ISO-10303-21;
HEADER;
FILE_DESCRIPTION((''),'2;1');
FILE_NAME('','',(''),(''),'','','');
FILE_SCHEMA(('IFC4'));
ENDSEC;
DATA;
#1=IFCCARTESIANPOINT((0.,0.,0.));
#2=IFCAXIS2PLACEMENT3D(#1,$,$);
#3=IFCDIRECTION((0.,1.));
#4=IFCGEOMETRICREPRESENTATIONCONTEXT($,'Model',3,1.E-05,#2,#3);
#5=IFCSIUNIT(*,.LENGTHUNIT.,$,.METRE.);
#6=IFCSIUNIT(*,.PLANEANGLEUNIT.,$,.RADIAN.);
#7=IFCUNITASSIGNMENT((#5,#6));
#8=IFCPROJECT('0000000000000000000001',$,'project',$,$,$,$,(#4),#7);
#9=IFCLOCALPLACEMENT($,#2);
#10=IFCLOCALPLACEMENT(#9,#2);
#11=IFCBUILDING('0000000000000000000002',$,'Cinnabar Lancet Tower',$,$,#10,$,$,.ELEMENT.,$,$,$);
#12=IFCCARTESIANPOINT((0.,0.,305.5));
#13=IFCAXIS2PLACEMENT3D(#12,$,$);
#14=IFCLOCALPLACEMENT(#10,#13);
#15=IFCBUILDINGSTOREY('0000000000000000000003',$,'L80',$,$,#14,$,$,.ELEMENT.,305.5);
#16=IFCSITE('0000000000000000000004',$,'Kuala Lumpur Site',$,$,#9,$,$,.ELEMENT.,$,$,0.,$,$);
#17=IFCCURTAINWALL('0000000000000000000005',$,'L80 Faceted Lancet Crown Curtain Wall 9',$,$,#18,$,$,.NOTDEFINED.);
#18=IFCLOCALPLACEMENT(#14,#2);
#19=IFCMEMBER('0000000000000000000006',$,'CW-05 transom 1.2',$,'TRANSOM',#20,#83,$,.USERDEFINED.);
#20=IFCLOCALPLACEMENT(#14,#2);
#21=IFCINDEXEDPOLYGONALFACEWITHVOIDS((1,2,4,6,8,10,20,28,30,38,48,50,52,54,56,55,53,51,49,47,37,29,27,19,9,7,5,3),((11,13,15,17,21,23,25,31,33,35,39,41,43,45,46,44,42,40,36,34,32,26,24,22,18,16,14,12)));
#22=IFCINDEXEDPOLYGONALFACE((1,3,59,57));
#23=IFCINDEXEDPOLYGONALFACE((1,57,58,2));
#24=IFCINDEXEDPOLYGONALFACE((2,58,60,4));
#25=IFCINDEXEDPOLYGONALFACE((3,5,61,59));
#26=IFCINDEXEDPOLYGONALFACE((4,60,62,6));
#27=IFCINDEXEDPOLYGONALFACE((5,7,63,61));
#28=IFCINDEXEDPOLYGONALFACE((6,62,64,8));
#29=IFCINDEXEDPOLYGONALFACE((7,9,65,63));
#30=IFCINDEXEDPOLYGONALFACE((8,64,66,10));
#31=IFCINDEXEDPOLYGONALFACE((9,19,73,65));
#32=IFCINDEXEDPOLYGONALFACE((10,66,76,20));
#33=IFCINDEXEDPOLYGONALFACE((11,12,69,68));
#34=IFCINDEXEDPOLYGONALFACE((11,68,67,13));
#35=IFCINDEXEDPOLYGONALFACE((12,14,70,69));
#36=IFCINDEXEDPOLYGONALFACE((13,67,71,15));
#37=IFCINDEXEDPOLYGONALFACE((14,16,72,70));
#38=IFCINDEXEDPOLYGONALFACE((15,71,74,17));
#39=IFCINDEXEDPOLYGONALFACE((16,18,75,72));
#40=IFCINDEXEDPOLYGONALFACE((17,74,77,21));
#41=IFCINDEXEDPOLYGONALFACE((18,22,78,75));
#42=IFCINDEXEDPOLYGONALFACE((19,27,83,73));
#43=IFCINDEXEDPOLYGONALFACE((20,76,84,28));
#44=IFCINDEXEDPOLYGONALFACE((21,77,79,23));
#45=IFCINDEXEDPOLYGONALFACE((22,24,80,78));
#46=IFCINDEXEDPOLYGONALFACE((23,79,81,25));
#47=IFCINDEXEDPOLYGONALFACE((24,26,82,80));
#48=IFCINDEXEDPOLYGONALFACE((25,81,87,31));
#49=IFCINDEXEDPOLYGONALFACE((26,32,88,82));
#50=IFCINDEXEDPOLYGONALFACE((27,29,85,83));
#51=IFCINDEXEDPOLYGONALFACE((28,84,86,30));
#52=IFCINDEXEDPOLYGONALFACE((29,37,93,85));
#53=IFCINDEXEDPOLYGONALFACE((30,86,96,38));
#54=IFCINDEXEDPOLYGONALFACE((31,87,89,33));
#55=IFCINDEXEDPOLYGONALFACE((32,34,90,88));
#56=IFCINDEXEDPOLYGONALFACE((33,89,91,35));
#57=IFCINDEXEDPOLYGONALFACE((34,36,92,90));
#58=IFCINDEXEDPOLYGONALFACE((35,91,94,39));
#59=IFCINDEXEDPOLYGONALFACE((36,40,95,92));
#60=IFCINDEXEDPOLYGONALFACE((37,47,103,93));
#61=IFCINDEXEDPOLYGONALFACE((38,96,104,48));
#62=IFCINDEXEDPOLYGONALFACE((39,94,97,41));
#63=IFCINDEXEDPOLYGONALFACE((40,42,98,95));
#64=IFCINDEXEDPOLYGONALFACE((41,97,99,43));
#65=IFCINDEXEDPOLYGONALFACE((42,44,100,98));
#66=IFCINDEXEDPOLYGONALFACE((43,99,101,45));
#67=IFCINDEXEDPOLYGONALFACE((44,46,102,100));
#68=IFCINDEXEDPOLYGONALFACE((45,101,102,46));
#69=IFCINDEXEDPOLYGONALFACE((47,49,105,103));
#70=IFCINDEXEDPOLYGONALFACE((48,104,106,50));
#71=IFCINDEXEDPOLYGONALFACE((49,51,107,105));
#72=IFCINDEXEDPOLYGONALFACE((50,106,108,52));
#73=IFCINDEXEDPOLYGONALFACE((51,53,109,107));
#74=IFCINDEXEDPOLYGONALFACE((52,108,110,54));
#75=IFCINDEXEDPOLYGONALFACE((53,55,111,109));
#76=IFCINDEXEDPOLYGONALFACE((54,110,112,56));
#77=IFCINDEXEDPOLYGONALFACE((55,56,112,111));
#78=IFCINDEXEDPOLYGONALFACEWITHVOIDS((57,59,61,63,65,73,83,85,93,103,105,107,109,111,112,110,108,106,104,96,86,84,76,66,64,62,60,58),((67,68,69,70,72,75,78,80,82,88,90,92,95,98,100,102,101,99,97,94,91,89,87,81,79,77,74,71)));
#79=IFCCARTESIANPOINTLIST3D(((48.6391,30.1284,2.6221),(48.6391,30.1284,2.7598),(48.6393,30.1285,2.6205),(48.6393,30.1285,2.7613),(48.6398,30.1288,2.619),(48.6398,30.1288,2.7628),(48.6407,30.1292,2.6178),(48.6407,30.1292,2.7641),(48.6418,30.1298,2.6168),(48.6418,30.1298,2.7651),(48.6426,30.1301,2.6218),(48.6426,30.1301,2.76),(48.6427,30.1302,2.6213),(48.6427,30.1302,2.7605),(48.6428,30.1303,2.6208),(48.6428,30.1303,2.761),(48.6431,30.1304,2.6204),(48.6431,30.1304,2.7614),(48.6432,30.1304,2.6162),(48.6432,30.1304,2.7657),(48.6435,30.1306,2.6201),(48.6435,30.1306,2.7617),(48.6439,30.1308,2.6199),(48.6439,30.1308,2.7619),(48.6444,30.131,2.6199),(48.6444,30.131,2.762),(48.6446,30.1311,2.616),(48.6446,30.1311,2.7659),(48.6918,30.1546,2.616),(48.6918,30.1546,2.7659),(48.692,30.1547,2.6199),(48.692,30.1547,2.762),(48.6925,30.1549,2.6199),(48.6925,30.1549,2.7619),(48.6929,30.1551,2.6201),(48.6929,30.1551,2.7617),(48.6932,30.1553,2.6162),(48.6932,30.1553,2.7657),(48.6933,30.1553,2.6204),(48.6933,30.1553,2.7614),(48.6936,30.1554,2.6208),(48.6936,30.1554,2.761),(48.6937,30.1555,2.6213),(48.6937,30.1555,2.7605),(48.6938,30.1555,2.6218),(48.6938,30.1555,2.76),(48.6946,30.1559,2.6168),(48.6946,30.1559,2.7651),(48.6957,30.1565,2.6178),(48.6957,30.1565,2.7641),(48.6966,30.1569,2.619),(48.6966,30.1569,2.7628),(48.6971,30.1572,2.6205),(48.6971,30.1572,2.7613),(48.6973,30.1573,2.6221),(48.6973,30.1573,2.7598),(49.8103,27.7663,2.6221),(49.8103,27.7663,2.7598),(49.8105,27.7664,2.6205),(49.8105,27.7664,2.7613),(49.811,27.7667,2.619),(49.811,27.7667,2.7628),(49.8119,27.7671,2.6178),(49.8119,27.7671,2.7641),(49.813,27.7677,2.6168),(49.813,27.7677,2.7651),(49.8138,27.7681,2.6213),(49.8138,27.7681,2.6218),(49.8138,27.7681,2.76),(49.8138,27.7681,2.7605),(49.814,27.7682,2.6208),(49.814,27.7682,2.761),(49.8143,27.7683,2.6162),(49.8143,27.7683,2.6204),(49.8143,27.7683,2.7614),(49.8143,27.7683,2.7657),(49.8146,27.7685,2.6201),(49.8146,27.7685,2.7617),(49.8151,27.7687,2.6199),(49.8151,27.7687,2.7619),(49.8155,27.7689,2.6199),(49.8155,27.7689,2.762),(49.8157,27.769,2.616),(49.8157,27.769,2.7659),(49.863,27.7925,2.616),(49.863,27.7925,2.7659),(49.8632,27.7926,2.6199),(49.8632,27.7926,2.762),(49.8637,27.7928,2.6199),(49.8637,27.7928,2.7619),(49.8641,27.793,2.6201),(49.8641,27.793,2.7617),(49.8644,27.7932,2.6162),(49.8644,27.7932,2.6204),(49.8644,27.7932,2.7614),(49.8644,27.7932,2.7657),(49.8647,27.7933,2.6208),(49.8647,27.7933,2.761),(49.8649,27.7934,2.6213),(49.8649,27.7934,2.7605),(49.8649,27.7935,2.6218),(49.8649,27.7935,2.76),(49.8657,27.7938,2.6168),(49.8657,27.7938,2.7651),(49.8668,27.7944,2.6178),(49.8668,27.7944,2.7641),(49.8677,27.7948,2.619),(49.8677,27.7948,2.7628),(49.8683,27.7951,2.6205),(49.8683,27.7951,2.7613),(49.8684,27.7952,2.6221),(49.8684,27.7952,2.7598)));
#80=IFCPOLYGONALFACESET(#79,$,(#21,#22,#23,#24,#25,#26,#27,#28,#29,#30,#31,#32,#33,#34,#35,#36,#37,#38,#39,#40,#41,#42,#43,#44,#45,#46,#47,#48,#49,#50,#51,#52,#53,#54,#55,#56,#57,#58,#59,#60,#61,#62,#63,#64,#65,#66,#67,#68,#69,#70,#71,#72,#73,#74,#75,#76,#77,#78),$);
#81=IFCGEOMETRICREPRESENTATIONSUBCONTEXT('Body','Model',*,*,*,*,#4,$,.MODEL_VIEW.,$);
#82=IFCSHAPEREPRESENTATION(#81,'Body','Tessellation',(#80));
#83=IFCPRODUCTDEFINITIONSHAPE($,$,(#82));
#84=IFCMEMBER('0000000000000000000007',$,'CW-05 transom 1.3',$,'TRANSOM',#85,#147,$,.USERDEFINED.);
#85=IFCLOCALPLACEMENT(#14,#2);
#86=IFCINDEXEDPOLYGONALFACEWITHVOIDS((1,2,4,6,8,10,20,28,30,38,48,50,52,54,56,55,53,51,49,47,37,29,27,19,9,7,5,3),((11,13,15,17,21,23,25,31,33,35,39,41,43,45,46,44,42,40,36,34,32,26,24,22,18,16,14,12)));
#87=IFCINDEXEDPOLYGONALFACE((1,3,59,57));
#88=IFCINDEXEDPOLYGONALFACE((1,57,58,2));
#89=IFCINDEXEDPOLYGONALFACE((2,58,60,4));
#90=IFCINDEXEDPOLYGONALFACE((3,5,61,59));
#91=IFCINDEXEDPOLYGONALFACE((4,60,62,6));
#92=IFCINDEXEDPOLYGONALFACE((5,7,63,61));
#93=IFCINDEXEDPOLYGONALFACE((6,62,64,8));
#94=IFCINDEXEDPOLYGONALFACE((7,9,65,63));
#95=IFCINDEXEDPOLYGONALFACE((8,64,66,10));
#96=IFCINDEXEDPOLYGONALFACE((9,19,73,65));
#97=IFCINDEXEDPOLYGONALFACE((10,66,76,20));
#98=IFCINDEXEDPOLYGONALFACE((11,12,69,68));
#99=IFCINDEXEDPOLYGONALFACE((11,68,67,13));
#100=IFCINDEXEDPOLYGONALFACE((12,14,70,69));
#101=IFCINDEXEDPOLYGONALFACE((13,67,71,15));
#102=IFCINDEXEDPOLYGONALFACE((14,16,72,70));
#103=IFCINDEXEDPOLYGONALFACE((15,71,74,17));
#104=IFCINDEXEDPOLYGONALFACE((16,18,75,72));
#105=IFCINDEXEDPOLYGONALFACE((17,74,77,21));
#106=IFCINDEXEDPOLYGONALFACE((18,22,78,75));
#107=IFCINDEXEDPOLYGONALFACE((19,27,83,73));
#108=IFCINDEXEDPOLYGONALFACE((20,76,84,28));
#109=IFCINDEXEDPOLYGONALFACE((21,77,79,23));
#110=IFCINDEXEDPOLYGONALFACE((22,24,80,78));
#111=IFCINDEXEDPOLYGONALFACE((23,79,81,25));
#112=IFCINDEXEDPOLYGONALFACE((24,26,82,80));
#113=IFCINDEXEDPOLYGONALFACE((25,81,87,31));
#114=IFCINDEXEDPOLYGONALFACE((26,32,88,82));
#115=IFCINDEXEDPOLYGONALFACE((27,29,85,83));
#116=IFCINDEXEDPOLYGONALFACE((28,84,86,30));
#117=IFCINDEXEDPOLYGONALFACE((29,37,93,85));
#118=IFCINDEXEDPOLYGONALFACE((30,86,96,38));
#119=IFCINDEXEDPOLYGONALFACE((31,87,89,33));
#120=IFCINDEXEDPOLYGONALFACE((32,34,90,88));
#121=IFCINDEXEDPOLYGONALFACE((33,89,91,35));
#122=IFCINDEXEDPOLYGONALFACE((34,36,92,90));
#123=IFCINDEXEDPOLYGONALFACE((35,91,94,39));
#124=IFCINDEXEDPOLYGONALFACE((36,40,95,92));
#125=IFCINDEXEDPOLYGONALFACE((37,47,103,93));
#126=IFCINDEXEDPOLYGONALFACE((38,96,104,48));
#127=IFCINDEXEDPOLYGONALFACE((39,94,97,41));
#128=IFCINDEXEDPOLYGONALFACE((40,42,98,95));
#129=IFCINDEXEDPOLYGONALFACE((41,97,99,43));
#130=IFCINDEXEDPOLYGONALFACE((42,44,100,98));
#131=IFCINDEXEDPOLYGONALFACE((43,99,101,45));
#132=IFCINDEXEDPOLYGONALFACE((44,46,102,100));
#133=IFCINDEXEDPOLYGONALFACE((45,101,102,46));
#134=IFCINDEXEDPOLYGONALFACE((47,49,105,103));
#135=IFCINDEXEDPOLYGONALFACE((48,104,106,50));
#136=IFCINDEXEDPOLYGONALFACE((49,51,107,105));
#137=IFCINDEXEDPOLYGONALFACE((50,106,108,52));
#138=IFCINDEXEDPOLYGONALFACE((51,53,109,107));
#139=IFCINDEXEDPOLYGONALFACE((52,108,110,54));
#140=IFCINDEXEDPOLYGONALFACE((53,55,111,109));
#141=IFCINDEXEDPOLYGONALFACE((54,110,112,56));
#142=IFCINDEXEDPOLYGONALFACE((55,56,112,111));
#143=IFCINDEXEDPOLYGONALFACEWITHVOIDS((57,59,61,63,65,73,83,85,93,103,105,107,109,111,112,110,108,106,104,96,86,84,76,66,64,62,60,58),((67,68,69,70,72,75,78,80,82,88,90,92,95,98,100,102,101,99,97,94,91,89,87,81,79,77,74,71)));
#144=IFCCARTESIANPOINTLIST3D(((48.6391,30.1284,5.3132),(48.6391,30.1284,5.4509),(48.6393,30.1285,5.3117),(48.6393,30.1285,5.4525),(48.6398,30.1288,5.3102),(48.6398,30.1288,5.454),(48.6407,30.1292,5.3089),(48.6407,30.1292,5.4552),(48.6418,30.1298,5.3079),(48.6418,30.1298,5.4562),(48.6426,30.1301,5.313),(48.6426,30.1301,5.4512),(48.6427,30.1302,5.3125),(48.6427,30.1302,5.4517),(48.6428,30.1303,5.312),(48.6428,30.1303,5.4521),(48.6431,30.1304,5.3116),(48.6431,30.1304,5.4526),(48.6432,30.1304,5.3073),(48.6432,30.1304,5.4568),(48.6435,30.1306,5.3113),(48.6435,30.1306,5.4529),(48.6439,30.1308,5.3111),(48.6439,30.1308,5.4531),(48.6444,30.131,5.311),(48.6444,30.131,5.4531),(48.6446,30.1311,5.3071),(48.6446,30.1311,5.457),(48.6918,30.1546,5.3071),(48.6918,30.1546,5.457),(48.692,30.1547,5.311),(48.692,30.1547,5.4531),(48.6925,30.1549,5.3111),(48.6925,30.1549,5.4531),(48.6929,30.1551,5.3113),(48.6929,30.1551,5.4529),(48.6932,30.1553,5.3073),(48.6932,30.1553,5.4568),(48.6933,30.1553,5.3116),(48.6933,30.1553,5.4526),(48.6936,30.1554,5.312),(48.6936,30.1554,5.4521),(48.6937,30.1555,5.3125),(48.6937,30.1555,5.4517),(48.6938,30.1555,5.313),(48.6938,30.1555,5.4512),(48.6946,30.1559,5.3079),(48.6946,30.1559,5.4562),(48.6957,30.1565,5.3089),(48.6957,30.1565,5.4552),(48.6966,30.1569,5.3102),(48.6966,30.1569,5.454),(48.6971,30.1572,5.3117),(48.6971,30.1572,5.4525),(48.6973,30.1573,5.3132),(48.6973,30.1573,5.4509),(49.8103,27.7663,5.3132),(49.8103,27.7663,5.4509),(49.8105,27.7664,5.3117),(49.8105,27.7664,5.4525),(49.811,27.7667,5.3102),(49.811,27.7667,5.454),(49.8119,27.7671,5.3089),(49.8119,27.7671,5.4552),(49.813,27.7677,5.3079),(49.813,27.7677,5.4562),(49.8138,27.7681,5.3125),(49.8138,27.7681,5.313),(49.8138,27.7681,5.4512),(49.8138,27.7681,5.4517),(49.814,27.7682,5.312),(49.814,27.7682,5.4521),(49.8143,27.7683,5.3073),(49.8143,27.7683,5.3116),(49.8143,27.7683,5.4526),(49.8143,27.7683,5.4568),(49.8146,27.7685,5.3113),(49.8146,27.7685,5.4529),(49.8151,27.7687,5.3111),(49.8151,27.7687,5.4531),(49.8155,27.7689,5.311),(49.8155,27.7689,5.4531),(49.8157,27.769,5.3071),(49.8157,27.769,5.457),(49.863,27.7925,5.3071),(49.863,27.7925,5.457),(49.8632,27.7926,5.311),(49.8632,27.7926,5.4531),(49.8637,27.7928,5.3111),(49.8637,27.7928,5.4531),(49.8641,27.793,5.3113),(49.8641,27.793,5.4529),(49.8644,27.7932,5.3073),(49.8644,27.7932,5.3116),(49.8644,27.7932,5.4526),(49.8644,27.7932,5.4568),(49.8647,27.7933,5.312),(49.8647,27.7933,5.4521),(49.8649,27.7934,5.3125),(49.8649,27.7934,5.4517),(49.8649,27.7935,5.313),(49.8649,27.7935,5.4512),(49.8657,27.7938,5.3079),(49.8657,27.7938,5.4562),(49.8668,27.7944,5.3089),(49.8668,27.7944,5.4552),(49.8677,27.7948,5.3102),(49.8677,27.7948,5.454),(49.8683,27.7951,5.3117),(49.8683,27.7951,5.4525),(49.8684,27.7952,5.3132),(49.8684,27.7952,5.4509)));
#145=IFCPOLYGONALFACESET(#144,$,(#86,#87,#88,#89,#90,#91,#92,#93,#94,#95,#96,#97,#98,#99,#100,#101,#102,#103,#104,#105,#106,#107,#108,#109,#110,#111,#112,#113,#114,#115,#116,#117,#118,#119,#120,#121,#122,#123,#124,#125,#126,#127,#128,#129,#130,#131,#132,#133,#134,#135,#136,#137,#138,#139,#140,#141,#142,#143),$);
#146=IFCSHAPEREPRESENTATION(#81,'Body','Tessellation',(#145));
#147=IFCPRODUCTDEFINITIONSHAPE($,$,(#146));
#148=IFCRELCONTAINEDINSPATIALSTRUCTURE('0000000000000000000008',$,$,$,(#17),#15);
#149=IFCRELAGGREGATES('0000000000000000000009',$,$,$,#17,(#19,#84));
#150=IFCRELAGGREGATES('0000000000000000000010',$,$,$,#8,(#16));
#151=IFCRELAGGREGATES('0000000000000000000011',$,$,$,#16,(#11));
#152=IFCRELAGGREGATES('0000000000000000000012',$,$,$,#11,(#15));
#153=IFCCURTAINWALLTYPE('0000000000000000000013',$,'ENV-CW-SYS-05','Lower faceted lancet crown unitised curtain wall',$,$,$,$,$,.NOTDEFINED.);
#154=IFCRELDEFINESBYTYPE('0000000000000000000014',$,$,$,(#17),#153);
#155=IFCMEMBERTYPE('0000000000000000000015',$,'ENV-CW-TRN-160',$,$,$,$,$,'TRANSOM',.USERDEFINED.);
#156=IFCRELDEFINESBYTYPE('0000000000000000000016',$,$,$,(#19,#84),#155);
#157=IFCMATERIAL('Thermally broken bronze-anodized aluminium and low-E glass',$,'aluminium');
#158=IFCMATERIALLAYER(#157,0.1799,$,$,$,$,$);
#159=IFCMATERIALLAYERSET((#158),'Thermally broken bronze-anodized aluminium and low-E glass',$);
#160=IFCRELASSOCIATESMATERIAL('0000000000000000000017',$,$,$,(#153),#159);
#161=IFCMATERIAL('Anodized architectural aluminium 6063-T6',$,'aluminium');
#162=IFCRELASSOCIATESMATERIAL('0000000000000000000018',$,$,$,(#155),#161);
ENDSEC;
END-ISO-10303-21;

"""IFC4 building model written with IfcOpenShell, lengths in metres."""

from ifc_helpers import new_model, si_unit, direction, frame, origin, origin_2d, place, context, subcontext, project, spatial, hollow_rectangle, extrude, material, layer, layer_set, material_profile, profile_set, type_object, element, aggregate, save


model = new_model("IFC4")

# Units and contexts
model_context = context("Model", 3, precision=1e-05, world=origin(), true_north=direction((0.0, 1.0)))
body_context = subcontext(model_context, "Body", "Model", "MODEL_VIEW")
ifc_project = project(units=[si_unit("LENGTHUNIT", "METRE"), si_unit("PLANEANGLEUNIT", "RADIAN")], contexts=[model_context])

# Site, building, storey
site_placement = place(None, origin())
site = spatial("IfcSite", under=ifc_project, at=site_placement, Name="Kuala Lumpur Site", CompositionType="ELEMENT", RefElevation=0.0)
building_placement = place(site_placement, origin())
building = spatial("IfcBuilding", under=site, at=building_placement, Name="Cinnabar Lancet Tower", CompositionType="ELEMENT")
storey_placement = place(building_placement, frame((0.0, 0.0, 305.5)))
storey = spatial("IfcBuildingStorey", under=building, at=storey_placement, Name="L80", CompositionType="ELEMENT", Elevation=305.5)

# Shared definitions
ifc_material_1 = material(Name="Thermally broken bronze-anodized aluminium and low-E glass", Category="aluminium")
ifc_layer_1 = layer(ifc_material_1, 0.1799)
ifc_layer_set_1 = layer_set([ifc_layer_1], Name="Thermally broken bronze-anodized aluminium and low-E glass")
curtain_wall_type = type_object("IfcCurtainWallType", Name="ENV-CW-SYS-05", Description="Lower faceted lancet crown unitised curtain wall", PredefinedType="NOTDEFINED", material=ifc_layer_set_1)

# Curtain wall
curtain_wall_1_placement = place(storey_placement, origin())
curtain_wall_1 = element("IfcCurtainWall", 1, at=curtain_wall_1_placement, inside=storey, type_object=curtain_wall_type, Name="L80 Faceted Lancet Crown Curtain Wall 9", PredefinedType="NOTDEFINED")

# Members
ifc_material_2 = material(Name="Anodized architectural aluminium 6063-T6", Category="aluminium")
ifc_material_profile_1 = material_profile(ifc_material_2, hollow_rectangle(XDim=0.0649, YDim=0.1499, WallThickness=0.0039, InnerFilletRadius=0.002, OuterFilletRadius=0.0061, at=origin_2d()), Name="CW-TRN 150x65x4")
ifc_profile_set_1 = profile_set([ifc_material_profile_1], Name="Anodized architectural aluminium 6063-T6")
member_type_1 = type_object("IfcMemberType", Name="ENV-CW-TRN-160", ElementType="TRANSOM", PredefinedType="USERDEFINED", material=ifc_profile_set_1)
member_1_placement = place(storey_placement, frame((49.8394, 27.7808, 2.6909), z_axis=(-0.444211, 0.895922, 0.0), x_axis=(-0.895922, -0.444211, 0.0)))
member_1 = element("IfcMember", 2, at=member_1_placement, type_object=member_type_1, Name="CW-05 transom 1.2", ObjectType="TRANSOM", PredefinedType="USERDEFINED", context=body_context, shape_type="SweptSolid", body=[
    extrude(hollow_rectangle(XDim=0.0649, YDim=0.1499, WallThickness=0.0039, InnerFilletRadius=0.002, OuterFilletRadius=0.0061, at=origin_2d()), origin(), (0.0, 0.0, 1.0), 2.6365),
])
member_2_placement = place(storey_placement, frame((49.8394, 27.7808, 5.3821), z_axis=(-0.444211, 0.895922, 0.0), x_axis=(-0.895922, -0.444211, 0.0)))
member_2 = element("IfcMember", 3, at=member_2_placement, type_object=member_type_1, Name="CW-05 transom 1.3", ObjectType="TRANSOM", PredefinedType="USERDEFINED", context=body_context, shape_type="SweptSolid", body=[
    extrude(hollow_rectangle(XDim=0.0649, YDim=0.1499, WallThickness=0.0039, InnerFilletRadius=0.002, OuterFilletRadius=0.0061, at=origin_2d()), origin(), (0.0, 0.0, 1.0), 2.6365),
])

aggregate(curtain_wall_1, [member_1, member_2])

save(model, "model.ifc")
